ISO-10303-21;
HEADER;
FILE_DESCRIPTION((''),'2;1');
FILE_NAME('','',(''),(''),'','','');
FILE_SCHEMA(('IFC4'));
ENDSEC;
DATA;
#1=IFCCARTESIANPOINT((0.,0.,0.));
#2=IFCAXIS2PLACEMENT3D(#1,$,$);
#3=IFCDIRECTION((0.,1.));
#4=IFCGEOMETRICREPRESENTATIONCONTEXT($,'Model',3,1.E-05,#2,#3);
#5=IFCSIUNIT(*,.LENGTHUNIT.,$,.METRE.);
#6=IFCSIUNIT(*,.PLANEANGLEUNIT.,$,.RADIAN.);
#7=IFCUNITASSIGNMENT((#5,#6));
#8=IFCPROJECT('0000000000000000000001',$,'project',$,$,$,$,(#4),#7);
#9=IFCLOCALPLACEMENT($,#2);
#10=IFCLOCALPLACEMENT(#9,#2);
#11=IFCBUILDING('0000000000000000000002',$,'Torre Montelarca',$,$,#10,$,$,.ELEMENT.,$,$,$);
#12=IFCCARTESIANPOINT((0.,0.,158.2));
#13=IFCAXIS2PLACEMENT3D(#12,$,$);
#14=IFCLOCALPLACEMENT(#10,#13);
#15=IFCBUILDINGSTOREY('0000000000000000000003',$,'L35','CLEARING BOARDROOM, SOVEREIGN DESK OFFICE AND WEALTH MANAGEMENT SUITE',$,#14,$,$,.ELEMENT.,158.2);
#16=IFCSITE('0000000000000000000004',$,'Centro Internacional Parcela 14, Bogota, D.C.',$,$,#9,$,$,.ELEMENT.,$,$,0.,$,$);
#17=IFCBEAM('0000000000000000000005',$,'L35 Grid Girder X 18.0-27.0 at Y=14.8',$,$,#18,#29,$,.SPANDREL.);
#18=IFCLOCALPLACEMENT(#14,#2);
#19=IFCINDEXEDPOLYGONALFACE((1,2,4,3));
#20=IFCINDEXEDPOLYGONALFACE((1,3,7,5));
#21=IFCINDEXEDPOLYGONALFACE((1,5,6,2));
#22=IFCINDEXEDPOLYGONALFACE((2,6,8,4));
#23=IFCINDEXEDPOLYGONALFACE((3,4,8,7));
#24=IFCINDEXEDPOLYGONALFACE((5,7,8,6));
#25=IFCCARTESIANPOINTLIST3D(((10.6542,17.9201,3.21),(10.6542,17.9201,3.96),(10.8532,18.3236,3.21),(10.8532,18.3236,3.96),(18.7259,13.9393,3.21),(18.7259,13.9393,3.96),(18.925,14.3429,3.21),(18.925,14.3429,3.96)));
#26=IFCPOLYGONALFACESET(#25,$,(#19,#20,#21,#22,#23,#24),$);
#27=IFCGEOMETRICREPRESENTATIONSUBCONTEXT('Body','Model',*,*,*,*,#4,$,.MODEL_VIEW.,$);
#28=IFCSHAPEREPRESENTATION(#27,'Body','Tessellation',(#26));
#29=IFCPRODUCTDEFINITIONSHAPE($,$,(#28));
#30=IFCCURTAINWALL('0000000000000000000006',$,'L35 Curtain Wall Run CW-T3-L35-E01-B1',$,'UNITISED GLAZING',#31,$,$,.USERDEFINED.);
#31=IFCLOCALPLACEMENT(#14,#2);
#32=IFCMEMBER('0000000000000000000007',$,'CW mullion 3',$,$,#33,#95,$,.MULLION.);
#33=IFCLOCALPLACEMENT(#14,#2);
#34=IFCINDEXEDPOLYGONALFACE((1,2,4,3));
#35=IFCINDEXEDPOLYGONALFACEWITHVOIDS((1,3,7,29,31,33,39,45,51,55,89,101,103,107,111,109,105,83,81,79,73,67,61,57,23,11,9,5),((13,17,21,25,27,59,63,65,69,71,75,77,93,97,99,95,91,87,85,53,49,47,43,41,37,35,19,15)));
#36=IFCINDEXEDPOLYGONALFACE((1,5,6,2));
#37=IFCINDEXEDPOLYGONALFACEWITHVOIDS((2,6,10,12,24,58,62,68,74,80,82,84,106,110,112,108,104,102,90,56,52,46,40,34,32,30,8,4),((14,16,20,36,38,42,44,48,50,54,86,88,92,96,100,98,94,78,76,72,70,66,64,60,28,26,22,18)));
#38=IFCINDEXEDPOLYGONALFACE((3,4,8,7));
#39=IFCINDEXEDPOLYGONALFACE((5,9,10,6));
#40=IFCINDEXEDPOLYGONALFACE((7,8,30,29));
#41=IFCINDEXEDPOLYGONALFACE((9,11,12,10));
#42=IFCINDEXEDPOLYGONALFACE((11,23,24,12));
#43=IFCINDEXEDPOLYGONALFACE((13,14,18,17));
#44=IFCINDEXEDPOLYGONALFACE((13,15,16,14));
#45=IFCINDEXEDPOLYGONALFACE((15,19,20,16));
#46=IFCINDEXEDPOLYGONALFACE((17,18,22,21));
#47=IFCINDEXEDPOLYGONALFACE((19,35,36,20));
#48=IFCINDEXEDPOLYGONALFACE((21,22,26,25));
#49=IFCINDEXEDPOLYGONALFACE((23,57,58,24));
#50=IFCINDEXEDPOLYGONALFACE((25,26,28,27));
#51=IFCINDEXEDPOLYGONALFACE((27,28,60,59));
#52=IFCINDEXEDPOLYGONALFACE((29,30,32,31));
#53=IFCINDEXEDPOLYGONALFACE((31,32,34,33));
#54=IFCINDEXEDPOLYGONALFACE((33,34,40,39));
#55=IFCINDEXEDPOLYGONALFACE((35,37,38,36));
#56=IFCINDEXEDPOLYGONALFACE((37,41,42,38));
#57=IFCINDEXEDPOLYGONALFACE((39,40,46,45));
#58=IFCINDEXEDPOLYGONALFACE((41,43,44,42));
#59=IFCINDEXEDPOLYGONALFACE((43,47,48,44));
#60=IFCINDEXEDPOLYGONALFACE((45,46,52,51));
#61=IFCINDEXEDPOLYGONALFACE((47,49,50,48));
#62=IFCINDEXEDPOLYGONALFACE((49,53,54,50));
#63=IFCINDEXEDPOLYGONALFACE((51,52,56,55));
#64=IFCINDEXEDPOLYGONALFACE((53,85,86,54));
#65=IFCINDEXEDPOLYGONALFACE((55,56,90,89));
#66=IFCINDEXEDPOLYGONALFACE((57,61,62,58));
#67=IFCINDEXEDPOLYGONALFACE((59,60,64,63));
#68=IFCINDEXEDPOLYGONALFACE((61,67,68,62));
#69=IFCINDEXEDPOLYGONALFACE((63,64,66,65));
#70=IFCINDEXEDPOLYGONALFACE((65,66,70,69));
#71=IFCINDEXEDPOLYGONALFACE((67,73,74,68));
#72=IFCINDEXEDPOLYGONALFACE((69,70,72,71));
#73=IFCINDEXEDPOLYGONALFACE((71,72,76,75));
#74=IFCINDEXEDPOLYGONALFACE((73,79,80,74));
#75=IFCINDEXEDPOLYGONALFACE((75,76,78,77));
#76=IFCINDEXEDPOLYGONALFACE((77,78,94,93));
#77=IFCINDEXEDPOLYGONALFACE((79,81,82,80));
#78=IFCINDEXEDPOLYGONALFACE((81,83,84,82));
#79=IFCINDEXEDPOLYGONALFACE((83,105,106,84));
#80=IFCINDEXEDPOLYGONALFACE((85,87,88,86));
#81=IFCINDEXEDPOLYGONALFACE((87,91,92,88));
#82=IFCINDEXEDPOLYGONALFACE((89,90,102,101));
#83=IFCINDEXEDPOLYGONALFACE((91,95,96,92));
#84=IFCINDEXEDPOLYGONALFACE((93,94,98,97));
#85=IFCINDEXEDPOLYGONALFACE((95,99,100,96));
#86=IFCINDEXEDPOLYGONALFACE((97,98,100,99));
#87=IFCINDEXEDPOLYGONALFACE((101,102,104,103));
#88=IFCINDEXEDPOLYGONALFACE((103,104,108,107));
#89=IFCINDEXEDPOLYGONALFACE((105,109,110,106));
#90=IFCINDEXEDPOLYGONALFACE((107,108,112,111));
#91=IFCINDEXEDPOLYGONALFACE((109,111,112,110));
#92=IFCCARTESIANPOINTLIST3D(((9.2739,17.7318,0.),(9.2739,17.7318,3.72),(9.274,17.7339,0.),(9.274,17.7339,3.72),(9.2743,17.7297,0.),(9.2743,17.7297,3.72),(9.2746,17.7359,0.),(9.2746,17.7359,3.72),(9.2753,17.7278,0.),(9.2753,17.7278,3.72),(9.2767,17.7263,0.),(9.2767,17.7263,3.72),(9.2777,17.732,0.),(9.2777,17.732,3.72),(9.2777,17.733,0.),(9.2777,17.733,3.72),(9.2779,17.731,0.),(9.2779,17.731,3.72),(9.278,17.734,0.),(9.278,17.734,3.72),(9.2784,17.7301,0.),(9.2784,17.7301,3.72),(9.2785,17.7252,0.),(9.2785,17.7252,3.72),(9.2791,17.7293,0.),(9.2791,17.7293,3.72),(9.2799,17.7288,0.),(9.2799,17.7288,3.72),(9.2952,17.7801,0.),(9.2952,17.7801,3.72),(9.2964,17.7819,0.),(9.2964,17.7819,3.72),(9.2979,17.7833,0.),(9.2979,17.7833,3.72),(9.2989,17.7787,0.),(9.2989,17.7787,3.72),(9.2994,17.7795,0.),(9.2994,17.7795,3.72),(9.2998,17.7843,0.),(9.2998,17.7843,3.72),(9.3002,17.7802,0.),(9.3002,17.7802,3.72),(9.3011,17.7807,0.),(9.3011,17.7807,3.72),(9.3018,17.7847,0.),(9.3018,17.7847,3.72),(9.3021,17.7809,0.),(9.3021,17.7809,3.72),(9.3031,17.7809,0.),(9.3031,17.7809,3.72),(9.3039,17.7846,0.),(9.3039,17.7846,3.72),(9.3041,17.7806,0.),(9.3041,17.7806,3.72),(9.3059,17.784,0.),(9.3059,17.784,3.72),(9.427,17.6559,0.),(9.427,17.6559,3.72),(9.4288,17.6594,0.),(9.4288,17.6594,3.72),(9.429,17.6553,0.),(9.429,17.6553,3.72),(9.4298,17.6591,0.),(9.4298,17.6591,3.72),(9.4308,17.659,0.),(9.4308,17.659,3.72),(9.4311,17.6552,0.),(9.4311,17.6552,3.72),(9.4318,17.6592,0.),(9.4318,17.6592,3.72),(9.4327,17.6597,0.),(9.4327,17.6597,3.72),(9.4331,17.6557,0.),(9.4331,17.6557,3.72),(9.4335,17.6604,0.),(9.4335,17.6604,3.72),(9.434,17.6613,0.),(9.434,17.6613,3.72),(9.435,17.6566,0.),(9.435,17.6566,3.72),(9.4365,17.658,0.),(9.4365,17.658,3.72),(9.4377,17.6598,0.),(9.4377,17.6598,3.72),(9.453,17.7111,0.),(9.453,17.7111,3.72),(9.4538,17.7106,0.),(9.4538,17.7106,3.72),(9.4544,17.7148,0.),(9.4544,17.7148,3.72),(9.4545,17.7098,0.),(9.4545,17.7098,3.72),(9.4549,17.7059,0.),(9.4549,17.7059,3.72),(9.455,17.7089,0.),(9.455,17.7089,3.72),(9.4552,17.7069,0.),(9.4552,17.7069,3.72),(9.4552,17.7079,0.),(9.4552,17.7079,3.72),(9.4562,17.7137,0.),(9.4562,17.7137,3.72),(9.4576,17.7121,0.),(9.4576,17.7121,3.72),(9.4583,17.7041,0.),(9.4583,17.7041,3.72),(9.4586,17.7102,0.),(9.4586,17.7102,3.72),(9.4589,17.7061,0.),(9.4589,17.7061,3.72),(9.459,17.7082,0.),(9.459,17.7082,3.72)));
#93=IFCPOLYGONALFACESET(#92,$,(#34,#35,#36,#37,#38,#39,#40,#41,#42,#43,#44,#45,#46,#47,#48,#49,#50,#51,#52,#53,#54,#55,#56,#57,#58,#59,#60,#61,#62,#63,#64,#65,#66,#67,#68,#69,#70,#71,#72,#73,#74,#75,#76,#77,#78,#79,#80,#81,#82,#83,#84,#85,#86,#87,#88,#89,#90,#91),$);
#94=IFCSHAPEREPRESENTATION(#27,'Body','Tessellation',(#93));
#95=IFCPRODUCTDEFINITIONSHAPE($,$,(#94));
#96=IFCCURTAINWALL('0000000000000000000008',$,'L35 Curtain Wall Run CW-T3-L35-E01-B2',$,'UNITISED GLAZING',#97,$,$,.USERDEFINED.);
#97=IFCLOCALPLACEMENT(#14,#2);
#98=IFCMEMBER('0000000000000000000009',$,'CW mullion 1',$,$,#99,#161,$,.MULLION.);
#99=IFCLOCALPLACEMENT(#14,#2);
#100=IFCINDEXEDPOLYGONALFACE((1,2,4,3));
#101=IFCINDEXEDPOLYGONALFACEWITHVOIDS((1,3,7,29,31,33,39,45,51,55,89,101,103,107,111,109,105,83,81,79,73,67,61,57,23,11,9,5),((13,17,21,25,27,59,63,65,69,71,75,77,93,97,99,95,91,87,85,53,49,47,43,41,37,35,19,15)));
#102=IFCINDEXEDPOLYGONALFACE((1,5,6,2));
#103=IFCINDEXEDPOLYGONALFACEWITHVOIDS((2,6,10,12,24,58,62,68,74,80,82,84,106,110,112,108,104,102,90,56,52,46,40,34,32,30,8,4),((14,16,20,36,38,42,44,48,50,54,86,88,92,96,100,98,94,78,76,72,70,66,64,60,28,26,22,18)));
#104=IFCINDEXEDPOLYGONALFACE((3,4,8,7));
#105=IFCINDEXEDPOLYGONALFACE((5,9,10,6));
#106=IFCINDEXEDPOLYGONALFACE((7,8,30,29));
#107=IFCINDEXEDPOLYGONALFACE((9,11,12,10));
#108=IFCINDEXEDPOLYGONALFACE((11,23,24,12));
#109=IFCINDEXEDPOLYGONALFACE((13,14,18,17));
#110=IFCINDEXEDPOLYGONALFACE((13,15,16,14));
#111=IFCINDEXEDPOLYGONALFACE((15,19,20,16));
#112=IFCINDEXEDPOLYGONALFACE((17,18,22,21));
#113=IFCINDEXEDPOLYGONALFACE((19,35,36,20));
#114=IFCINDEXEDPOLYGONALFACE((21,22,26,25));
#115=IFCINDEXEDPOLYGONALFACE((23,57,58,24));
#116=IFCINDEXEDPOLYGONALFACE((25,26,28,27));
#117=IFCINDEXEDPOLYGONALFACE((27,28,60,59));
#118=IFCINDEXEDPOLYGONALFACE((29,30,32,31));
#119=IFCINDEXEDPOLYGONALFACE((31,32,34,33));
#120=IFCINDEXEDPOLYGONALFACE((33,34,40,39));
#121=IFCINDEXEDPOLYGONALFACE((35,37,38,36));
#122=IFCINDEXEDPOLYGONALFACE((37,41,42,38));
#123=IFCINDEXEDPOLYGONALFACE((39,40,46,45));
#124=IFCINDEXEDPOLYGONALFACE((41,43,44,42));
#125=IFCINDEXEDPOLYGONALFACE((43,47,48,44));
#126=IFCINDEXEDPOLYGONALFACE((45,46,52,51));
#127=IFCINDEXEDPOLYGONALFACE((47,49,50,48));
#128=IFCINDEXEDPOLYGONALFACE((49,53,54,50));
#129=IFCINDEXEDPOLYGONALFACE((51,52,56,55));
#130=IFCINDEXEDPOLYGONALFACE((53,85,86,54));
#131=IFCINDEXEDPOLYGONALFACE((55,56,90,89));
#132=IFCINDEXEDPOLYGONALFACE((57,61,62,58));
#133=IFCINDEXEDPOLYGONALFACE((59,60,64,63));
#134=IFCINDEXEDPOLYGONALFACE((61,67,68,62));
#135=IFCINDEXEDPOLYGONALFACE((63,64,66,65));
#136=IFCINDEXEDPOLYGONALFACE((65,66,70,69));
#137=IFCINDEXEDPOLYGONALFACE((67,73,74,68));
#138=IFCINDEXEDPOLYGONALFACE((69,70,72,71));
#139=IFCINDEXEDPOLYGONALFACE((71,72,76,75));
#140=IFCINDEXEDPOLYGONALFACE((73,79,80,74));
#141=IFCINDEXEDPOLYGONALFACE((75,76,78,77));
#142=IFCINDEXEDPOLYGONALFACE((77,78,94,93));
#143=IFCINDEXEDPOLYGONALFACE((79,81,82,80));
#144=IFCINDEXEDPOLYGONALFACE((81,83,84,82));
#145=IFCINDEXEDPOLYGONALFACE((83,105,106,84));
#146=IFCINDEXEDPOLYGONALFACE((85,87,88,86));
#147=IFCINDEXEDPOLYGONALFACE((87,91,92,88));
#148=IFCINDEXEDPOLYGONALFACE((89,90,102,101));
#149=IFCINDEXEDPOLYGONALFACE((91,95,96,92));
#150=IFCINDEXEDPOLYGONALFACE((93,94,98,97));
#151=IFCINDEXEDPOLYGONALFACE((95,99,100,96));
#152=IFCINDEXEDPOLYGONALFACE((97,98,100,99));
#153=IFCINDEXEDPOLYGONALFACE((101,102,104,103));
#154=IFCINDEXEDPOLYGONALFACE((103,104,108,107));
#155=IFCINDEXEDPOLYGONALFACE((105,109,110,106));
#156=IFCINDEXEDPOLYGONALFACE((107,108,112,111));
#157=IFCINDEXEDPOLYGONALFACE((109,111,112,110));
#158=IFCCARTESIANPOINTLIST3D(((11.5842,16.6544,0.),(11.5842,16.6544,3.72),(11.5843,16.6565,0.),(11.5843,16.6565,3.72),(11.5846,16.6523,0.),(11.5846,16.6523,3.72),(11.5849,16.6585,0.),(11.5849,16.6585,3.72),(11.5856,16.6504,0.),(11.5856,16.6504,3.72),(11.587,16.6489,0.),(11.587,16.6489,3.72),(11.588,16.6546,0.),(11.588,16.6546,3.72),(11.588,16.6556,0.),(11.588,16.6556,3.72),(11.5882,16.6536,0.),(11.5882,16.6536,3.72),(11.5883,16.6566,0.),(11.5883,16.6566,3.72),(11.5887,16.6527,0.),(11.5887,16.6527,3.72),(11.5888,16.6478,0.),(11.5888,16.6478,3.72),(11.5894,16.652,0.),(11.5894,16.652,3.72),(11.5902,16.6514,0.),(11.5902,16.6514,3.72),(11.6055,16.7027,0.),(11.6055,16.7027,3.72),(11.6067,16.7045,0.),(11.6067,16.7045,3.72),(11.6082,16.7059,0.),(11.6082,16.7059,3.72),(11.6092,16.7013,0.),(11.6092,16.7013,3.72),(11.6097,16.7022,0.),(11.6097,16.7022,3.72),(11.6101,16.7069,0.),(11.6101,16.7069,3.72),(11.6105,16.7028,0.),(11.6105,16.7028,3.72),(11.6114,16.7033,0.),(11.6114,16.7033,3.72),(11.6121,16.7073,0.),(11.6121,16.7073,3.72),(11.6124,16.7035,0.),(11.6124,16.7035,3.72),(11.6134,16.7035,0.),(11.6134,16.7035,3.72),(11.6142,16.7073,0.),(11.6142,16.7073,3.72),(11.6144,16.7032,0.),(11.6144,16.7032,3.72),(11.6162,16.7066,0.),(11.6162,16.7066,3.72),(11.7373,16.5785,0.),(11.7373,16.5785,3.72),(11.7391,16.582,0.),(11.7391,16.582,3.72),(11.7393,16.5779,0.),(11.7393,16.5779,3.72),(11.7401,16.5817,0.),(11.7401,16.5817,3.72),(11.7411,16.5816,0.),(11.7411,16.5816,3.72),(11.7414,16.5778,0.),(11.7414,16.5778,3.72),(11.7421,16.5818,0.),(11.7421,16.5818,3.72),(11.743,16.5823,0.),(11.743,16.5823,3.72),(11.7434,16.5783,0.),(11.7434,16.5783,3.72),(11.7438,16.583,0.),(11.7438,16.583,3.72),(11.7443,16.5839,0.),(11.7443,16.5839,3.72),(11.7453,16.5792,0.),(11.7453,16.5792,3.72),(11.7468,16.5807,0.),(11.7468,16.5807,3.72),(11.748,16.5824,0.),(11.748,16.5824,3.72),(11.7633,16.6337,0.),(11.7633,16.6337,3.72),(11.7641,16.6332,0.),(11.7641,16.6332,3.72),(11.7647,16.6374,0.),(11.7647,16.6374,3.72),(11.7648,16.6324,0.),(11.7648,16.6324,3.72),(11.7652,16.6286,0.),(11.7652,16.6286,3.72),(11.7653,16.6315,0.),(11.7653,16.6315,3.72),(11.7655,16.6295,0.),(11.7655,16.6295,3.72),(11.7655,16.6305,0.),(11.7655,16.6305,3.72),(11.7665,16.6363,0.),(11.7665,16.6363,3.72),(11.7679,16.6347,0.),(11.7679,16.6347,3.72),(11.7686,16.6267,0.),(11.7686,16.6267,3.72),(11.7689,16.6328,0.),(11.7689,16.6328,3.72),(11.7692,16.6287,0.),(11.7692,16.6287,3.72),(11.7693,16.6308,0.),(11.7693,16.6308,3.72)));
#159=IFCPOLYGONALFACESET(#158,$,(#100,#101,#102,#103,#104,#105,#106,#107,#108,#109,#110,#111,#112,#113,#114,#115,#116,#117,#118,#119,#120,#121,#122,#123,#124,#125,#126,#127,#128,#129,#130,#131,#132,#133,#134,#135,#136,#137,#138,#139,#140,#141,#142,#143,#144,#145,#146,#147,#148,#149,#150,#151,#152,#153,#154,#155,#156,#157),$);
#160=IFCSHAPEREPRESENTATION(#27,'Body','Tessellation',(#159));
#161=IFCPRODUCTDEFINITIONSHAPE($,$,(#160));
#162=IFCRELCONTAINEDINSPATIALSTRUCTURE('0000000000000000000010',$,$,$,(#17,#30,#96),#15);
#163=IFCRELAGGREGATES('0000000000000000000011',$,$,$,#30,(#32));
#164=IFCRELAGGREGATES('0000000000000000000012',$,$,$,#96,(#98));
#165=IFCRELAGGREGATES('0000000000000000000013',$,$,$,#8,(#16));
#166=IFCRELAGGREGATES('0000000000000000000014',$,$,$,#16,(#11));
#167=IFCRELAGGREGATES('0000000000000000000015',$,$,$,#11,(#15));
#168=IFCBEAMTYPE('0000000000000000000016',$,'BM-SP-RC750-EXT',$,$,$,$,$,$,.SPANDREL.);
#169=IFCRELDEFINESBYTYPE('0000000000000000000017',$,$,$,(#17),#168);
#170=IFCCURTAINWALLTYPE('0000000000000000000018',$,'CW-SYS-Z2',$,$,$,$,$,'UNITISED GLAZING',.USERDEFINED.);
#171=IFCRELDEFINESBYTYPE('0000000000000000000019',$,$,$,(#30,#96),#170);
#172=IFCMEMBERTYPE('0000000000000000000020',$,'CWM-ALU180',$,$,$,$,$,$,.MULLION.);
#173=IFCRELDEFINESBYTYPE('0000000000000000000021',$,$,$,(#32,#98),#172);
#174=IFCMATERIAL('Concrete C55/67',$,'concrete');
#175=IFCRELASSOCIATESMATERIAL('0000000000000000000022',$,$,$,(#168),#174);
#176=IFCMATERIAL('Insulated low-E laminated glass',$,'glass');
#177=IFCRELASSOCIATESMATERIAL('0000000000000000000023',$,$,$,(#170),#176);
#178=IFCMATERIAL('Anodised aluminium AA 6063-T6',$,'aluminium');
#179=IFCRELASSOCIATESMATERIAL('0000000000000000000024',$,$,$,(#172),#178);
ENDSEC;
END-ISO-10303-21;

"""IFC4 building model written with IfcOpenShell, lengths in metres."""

from ifc_helpers import new_model, si_unit, direction, frame, origin, origin_2d, place, context, subcontext, project, spatial, rectangle, hollow_rectangle, extrude, source, transform, mapped, material, material_profile, profile_set, type_object, element, aggregate, save


model = new_model("IFC4")

# Units and contexts
model_context = context("Model", 3, precision=1e-05, world=origin(), true_north=direction((0.0, 1.0)))
body_context = subcontext(model_context, "Body", "Model", "MODEL_VIEW")
ifc_project = project(units=[si_unit("LENGTHUNIT", "METRE"), si_unit("PLANEANGLEUNIT", "RADIAN")], contexts=[model_context])

# Site, building, storey
site_placement = place(None, origin())
site = spatial("IfcSite", under=ifc_project, at=site_placement, Name="Centro Internacional Parcela 14, Bogota, D.C.", CompositionType="ELEMENT", RefElevation=0.0)
building_placement = place(site_placement, origin())
building = spatial("IfcBuilding", under=site, at=building_placement, Name="Torre Montelarca", CompositionType="ELEMENT")
storey_placement = place(building_placement, frame((0.0, 0.0, 158.2)))
storey = spatial("IfcBuildingStorey", under=building, at=storey_placement, Name="L35", Description="CLEARING BOARDROOM, SOVEREIGN DESK OFFICE AND WEALTH MANAGEMENT SUITE", CompositionType="ELEMENT", Elevation=158.2)

# Shared definitions
ifc_material_1 = material(Name="Concrete C55/67", Category="concrete")

# Beam
ifc_material_profile_1 = material_profile(ifc_material_1, rectangle(XDim=0.45, YDim=0.75, at=origin_2d()), Name="RCB450X750", Category="concrete")
ifc_profile_set_1 = profile_set([ifc_material_profile_1], Name="Concrete C55/67")
beam_type = type_object("IfcBeamType", Name="BM-SP-RC750-EXT", PredefinedType="SPANDREL", material=ifc_profile_set_1)
shared_shape_1 = source(origin(), body_context, "Body", "SweptSolid", [
    extrude(rectangle(XDim=0.45, YDim=0.75, at=origin_2d()), origin(), (0.0, 0.0, 1.0), 9.0),
])
beam_placement = place(storey_placement, frame((10.7537, 18.1218, 3.585), z_axis=(0.896866, -0.442302, 0.0), x_axis=(0.442302, 0.896866, 0.0)))
element("IfcBeam", 1, at=beam_placement, inside=storey, type_object=beam_type, Name="L35 Grid Girder X 18.0-27.0 at Y=14.8", PredefinedType="SPANDREL", context=body_context, shape_type="MappedRepresentation", body=[
    mapped(shared_shape_1, transform((0.0, 0.0, 0.0), scale=1.0)),
])

# Curtain wall, member
ifc_material_2 = material(Name="Insulated low-E laminated glass", Category="glass")
curtain_wall_type = type_object("IfcCurtainWallType", Name="CW-SYS-Z2", ElementType="UNITISED GLAZING", PredefinedType="USERDEFINED", material=ifc_material_2)
curtain_wall_1_placement = place(storey_placement, origin())
curtain_wall_1 = element("IfcCurtainWall", 2, at=curtain_wall_1_placement, inside=storey, type_object=curtain_wall_type, Name="L35 Curtain Wall Run CW-T3-L35-E01-B1", ObjectType="UNITISED GLAZING", PredefinedType="USERDEFINED")
ifc_material_3 = material(Name="Anodised aluminium AA 6063-T6", Category="aluminium")
ifc_material_profile_2 = material_profile(ifc_material_3, hollow_rectangle(XDim=0.0649, YDim=0.1799, WallThickness=0.0039, InnerFilletRadius=0.0039, OuterFilletRadius=0.0081, at=origin_2d()), Name="ALU65X180X4", Category="aluminium")
ifc_profile_set_2 = profile_set([ifc_material_profile_2], Name="Anodised aluminium AA 6063-T6")
member_type_1 = type_object("IfcMemberType", Name="CWM-ALU180", PredefinedType="MULLION", material=ifc_profile_set_2)
shared_shape_2 = source(origin(), body_context, "Body", "SweptSolid", [
    extrude(hollow_rectangle(XDim=0.0649, YDim=0.1799, WallThickness=0.0039, InnerFilletRadius=0.0039, OuterFilletRadius=0.0081, at=origin_2d()), origin(), (0.0, 0.0, 1.0), 3.72),
])
member_1_placement = place(storey_placement, frame((9.3665, 17.72, 0.0), z_axis=(0.0, 0.0, 1.0), x_axis=(0.422613, 0.90631, 0.0)))
member_1 = element("IfcMember", 3, at=member_1_placement, type_object=member_type_1, Name="CW mullion 3", PredefinedType="MULLION", context=body_context, shape_type="MappedRepresentation", body=[
    mapped(shared_shape_2, transform((0.0, 0.0, 0.0), scale=1.0)),
])

# Curtain wall, member
curtain_wall_2_placement = place(storey_placement, origin())
curtain_wall_2 = element("IfcCurtainWall", 4, at=curtain_wall_2_placement, inside=storey, type_object=curtain_wall_type, Name="L35 Curtain Wall Run CW-T3-L35-E01-B2", ObjectType="UNITISED GLAZING", PredefinedType="USERDEFINED")
member_2_placement = place(storey_placement, frame((11.6768, 16.6426, 0.0), z_axis=(0.0, 0.0, 1.0), x_axis=(0.422606, 0.906314, 0.0)))
member_2 = element("IfcMember", 5, at=member_2_placement, type_object=member_type_1, Name="CW mullion 1", PredefinedType="MULLION", context=body_context, shape_type="MappedRepresentation", body=[
    mapped(shared_shape_2, transform((0.0, 0.0, 0.0), scale=1.0)),
])

aggregate(curtain_wall_1, [member_1])
aggregate(curtain_wall_2, [member_2])

save(model, "model.ifc")
